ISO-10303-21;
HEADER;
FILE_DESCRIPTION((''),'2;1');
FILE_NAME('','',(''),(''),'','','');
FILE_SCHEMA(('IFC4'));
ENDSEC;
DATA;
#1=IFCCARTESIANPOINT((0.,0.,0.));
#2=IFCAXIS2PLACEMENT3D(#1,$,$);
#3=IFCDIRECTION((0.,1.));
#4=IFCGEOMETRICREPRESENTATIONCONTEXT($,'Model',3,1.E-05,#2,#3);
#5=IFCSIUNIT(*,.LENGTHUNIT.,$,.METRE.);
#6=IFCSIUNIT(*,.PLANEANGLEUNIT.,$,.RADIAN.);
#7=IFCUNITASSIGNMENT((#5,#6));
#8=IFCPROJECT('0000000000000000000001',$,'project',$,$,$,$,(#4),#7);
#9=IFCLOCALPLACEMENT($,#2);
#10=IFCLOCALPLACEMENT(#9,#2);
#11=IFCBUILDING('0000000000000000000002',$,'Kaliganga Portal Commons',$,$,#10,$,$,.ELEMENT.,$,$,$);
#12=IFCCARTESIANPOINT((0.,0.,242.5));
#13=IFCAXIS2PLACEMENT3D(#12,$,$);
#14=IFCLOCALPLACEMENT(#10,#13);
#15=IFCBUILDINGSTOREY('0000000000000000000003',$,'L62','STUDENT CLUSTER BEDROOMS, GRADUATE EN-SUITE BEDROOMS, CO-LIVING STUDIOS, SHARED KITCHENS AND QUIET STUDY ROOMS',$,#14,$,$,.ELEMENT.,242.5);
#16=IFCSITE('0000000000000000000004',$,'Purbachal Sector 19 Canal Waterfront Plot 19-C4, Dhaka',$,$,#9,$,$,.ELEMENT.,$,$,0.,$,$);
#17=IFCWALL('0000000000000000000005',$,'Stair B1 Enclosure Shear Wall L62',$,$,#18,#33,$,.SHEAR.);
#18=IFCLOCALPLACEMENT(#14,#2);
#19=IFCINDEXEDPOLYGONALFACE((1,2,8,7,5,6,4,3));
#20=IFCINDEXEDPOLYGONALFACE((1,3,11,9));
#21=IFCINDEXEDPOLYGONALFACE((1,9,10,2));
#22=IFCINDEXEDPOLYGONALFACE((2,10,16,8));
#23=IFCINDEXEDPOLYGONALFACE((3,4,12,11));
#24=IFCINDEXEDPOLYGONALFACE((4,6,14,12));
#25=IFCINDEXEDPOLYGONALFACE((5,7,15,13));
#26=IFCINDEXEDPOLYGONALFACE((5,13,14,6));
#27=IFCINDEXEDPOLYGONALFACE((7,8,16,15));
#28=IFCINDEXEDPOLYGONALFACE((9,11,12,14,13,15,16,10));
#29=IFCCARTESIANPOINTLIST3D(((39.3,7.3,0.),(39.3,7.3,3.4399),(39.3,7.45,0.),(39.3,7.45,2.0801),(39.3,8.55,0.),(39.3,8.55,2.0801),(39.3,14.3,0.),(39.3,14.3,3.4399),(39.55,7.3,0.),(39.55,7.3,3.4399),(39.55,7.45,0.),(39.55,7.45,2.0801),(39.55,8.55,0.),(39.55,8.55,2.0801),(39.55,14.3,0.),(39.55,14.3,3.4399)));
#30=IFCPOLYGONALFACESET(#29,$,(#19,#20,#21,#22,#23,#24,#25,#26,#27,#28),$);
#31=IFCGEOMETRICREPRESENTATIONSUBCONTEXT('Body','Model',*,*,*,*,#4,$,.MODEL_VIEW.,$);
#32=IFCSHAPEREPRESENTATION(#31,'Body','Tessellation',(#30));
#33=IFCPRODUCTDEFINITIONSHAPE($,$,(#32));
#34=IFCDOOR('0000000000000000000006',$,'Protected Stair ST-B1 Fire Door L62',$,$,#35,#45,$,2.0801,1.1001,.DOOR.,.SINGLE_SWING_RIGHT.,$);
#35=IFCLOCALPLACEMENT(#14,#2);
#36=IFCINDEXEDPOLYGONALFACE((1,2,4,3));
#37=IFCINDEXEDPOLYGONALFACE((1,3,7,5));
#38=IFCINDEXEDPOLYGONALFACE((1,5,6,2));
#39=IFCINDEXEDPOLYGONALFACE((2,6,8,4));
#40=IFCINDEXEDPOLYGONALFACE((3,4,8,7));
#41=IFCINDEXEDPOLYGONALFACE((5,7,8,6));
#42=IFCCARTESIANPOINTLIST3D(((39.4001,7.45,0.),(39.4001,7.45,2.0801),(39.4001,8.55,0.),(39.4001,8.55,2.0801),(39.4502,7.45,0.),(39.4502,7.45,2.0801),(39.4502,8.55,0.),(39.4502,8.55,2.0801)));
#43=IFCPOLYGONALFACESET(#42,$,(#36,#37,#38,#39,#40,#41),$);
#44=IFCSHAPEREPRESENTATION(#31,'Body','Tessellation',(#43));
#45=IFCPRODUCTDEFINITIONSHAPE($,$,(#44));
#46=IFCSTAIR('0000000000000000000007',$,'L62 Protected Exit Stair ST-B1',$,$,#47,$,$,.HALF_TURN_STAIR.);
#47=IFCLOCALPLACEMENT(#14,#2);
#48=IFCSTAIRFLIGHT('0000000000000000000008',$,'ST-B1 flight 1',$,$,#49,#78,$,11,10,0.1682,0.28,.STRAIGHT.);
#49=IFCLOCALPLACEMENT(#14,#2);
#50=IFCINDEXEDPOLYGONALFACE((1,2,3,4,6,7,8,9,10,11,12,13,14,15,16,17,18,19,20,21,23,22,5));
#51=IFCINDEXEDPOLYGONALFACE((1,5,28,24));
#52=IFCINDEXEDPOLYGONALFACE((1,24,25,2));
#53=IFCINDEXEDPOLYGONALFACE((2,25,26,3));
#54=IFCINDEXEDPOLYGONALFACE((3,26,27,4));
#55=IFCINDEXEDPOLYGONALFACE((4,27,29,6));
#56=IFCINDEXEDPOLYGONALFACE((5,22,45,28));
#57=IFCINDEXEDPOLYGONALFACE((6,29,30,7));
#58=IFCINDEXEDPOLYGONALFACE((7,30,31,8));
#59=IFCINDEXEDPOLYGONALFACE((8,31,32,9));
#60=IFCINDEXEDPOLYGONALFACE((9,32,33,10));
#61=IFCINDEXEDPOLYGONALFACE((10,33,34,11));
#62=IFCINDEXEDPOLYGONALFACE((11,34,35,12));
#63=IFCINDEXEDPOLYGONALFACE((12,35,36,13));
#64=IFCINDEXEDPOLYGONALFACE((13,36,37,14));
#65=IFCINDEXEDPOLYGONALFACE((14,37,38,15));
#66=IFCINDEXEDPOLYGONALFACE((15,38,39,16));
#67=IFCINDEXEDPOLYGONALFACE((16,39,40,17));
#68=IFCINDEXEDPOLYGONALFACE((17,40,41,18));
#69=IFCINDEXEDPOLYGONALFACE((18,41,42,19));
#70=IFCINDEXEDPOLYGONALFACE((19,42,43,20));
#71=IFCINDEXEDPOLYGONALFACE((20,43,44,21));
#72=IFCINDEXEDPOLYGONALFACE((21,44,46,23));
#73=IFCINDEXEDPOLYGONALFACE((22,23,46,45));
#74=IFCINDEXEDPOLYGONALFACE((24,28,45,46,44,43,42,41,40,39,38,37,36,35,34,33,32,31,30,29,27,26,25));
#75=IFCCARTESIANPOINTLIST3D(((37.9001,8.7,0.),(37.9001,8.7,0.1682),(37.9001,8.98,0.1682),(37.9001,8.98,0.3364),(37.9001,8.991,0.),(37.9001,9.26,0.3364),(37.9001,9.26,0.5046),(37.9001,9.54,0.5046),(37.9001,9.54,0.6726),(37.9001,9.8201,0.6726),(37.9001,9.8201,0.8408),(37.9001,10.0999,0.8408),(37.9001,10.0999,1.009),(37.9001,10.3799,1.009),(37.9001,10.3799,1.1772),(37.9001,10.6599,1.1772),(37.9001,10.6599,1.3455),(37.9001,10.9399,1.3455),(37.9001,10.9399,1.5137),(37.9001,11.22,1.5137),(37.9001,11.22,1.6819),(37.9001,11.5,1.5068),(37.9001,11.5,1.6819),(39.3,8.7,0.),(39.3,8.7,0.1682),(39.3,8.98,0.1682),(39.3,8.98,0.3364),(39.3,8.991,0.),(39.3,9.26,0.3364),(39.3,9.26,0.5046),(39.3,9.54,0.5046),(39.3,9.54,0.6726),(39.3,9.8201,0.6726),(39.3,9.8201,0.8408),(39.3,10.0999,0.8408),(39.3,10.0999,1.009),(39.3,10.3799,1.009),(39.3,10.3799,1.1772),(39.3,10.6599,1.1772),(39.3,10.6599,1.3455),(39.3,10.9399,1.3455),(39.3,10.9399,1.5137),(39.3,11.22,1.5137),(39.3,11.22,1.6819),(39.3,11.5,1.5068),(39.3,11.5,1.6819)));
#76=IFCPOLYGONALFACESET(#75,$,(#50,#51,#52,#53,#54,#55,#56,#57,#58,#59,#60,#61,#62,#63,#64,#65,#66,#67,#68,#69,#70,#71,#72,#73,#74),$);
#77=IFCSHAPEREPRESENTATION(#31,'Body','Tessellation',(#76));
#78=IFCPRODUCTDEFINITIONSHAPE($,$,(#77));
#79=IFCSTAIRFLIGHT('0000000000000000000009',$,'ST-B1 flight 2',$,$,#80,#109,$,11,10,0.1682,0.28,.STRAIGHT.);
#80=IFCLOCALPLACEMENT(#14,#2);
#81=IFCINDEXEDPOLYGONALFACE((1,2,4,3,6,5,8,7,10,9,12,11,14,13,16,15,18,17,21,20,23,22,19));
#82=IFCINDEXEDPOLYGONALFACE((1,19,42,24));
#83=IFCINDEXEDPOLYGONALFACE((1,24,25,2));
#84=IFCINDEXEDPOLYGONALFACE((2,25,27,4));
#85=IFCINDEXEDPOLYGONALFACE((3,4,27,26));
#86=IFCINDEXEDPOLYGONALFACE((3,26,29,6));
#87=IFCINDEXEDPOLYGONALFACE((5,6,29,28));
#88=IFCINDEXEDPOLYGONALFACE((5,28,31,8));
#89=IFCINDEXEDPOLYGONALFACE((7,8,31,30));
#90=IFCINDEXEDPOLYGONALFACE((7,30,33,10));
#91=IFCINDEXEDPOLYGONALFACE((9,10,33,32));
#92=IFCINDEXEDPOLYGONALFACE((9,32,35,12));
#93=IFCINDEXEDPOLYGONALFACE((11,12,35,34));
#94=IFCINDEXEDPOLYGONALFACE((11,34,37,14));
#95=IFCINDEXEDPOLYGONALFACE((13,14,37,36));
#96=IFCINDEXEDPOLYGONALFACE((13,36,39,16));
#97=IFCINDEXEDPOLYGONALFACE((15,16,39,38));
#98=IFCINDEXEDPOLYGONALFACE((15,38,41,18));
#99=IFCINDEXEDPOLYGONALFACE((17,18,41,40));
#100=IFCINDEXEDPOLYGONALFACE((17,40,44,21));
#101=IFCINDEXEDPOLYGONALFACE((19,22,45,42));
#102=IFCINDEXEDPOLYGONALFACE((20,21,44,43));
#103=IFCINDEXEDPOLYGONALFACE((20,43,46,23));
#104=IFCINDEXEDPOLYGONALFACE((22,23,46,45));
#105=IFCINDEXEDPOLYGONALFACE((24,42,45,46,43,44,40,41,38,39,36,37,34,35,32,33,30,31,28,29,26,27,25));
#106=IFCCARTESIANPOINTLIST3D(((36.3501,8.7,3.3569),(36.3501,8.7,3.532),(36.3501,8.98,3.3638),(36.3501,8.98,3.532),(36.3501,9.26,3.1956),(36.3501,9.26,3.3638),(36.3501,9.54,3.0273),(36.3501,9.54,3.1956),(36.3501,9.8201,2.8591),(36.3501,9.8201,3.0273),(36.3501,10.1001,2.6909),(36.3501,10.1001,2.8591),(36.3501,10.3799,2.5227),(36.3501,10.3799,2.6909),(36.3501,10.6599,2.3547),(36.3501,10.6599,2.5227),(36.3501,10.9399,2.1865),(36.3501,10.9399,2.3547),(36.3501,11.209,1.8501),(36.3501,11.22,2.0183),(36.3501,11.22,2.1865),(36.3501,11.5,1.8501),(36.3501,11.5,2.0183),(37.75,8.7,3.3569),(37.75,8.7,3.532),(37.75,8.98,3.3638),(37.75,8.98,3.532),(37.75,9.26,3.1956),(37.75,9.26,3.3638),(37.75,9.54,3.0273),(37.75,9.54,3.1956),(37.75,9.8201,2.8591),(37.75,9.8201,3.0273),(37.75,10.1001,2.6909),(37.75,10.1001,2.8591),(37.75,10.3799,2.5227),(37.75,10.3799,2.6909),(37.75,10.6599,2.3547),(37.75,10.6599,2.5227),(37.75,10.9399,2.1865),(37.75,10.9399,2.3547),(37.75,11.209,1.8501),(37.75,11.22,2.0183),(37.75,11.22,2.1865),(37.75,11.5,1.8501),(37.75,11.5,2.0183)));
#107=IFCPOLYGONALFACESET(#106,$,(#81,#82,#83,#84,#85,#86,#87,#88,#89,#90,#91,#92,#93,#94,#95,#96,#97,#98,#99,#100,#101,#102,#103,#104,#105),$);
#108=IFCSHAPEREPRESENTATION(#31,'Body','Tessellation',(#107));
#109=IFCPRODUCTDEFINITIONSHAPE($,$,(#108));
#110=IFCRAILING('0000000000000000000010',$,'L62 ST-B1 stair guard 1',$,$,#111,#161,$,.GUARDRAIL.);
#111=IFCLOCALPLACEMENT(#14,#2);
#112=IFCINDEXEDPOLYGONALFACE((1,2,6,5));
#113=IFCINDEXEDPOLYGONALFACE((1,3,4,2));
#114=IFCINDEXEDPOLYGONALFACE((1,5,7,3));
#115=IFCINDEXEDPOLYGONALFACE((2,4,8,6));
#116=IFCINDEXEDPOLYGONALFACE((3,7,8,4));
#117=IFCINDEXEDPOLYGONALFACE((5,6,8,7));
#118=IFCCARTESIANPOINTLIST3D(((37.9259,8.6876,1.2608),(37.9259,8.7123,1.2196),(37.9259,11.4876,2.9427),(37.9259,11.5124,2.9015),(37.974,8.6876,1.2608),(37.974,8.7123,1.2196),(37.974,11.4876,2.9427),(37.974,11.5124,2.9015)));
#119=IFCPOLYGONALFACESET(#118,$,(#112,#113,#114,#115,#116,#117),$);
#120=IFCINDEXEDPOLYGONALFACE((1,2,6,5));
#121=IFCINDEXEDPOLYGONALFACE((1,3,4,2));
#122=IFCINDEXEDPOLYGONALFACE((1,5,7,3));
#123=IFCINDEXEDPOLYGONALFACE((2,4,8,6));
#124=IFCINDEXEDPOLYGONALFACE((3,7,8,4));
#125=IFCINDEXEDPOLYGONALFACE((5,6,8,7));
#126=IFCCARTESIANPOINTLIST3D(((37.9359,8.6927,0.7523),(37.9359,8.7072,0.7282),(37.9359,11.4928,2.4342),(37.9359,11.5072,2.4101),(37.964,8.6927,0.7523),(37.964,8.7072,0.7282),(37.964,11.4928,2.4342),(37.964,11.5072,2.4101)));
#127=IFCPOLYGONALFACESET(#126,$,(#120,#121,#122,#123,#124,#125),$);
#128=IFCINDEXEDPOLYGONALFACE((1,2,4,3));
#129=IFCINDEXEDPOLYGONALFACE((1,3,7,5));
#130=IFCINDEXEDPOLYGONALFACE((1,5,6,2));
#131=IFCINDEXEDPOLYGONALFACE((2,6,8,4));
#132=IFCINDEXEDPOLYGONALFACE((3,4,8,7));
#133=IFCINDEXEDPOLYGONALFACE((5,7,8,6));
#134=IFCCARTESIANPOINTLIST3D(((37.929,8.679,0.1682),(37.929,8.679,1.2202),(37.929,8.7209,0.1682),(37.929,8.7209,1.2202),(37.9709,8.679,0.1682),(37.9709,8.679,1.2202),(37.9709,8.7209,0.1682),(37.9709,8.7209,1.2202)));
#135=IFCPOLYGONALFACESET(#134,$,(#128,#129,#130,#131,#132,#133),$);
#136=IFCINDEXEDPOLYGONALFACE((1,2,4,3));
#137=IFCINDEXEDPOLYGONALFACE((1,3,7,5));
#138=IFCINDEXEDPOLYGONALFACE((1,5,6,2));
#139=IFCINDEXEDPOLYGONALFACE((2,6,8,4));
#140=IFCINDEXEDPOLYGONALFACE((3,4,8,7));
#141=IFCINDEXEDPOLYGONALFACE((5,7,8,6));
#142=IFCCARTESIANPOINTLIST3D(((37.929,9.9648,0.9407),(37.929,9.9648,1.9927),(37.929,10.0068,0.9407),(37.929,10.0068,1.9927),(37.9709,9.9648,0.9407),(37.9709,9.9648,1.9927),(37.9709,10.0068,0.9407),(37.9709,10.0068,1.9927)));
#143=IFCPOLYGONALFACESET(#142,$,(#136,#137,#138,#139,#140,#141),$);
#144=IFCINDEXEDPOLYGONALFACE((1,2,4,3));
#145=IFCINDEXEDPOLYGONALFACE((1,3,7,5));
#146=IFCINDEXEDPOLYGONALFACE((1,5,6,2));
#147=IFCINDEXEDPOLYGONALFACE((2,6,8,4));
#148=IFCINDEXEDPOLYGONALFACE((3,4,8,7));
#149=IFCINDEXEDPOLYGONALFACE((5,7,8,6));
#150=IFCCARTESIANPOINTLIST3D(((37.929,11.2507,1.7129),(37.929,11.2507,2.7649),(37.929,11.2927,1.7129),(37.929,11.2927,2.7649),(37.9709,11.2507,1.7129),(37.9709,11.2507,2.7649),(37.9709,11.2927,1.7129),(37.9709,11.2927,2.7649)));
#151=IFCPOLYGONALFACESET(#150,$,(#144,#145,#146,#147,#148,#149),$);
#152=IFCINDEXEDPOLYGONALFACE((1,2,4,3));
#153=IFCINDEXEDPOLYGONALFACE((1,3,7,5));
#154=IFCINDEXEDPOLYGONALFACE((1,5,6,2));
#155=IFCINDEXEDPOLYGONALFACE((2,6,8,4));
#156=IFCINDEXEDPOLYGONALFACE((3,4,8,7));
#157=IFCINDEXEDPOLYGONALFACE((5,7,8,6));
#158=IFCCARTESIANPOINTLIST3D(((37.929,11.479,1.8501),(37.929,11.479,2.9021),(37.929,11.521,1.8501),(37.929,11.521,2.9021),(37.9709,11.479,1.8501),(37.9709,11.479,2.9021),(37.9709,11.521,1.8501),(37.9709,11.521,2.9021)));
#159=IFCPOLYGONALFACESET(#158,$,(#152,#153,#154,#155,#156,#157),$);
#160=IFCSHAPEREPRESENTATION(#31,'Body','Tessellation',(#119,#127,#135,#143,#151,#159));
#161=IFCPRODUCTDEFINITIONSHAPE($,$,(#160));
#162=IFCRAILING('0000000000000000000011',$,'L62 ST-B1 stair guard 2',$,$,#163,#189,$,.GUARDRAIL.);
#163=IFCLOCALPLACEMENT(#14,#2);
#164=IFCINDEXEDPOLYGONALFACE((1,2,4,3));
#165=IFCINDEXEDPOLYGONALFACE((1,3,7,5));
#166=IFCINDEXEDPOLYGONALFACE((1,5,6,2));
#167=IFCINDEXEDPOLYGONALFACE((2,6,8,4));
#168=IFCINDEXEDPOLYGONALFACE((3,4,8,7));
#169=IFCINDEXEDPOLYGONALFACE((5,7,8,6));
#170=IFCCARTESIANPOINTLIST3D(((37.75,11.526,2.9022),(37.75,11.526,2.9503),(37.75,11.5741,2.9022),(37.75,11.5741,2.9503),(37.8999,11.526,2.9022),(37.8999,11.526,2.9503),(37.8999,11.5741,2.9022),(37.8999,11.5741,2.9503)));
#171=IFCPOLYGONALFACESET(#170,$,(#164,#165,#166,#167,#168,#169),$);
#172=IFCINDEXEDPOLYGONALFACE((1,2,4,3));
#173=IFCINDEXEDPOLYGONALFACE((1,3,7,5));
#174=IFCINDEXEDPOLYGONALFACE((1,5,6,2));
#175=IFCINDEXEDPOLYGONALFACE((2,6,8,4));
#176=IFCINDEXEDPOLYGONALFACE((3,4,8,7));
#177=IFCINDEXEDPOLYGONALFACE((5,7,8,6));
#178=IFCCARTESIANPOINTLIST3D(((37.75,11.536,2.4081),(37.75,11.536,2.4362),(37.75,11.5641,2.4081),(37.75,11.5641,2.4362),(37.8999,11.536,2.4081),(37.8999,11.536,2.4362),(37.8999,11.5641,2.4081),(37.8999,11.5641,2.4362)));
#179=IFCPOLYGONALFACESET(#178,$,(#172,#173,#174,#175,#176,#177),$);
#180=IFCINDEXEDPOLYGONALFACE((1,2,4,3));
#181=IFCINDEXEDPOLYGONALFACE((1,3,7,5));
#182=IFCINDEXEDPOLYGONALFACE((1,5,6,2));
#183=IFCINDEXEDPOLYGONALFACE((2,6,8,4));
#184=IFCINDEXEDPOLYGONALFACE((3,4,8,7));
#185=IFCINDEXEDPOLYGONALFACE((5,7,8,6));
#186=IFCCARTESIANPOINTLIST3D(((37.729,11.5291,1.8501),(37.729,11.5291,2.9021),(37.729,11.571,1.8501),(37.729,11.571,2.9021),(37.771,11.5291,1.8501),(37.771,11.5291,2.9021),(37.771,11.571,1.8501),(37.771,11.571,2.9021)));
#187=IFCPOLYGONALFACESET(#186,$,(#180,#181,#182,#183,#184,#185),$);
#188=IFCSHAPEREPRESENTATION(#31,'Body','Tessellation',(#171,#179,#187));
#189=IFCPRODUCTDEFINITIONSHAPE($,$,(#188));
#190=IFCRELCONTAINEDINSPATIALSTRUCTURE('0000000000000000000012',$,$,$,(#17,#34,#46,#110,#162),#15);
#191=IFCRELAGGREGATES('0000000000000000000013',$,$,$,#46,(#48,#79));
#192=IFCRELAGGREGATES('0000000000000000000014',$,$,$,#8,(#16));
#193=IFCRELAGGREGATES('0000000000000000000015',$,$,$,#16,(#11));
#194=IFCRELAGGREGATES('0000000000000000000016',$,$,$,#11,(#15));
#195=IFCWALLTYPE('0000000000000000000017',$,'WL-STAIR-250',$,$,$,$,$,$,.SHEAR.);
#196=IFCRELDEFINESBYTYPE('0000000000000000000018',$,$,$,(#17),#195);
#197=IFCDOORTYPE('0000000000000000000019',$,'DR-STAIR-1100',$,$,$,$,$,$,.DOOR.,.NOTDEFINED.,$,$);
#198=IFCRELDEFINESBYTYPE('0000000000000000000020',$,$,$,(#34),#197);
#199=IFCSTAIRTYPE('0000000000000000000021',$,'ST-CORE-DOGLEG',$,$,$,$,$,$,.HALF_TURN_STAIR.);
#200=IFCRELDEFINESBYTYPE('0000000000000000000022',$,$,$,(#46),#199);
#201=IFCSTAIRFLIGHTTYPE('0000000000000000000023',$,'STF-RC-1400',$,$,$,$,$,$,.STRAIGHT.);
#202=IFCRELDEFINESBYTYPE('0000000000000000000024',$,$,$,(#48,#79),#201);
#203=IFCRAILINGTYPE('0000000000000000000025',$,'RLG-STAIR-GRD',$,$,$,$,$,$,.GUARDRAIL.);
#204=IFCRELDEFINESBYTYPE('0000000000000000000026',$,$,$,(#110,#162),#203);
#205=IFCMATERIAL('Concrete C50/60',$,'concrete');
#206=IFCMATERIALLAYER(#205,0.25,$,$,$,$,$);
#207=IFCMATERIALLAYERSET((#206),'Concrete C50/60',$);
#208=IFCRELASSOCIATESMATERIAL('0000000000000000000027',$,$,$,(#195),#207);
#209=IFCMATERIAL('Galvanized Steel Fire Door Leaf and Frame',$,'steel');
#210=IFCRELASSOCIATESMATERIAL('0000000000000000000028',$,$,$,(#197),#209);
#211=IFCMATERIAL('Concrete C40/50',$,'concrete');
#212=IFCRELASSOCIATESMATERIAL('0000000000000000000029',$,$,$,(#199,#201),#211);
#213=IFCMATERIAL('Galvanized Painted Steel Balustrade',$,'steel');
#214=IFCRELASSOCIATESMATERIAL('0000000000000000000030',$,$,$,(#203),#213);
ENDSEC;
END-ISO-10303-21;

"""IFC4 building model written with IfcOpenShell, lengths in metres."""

from ifc_helpers import new_model, si_unit, direction, frame, frame_2d, origin, origin_2d, place, context, subcontext, project, spatial, polyline, rectangle, outline, extrude, material, layer, layer_set, type_object, element, fill, aggregate, save


model = new_model("IFC4")

# Units and contexts
model_context = context("Model", 3, precision=1e-05, world=origin(), true_north=direction((0.0, 1.0)))
body_context = subcontext(model_context, "Body", "Model", "MODEL_VIEW")
ifc_project = project(units=[si_unit("LENGTHUNIT", "METRE"), si_unit("PLANEANGLEUNIT", "RADIAN")], contexts=[model_context])

# Site, building, storey
site_placement = place(None, origin())
site = spatial("IfcSite", under=ifc_project, at=site_placement, Name="Purbachal Sector 19 Canal Waterfront Plot 19-C4, Dhaka", CompositionType="ELEMENT", RefElevation=0.0)
building_placement = place(site_placement, origin())
building = spatial("IfcBuilding", under=site, at=building_placement, Name="Kaliganga Portal Commons", CompositionType="ELEMENT")
storey_placement = place(building_placement, frame((0.0, 0.0, 242.5)))
storey = spatial("IfcBuildingStorey", under=building, at=storey_placement, Name="L62", Description="STUDENT CLUSTER BEDROOMS, GRADUATE EN-SUITE BEDROOMS, CO-LIVING STUDIOS, SHARED KITCHENS AND QUIET STUDY ROOMS", CompositionType="ELEMENT", Elevation=242.5)

# Shared definitions
ifc_material_1 = material(Name="Concrete C50/60", Category="concrete")

# Wall, opening, door
ifc_layer_1 = layer(ifc_material_1, 0.25)
ifc_layer_set_1 = layer_set([ifc_layer_1], Name="Concrete C50/60")
wall_type_1 = type_object("IfcWallType", Name="WL-STAIR-250", PredefinedType="SHEAR", material=ifc_layer_set_1)
wall_1_placement = place(storey_placement, frame((39.425, 7.3, 0.0), z_axis=(0.0, 0.0, 1.0), x_axis=(0.0, 1.0, 0.0)))
wall_1 = element("IfcWall", 1, at=wall_1_placement, inside=storey, type_object=wall_type_1, Name="Stair B1 Enclosure Shear Wall L62", PredefinedType="SHEAR", context=body_context, shape_type="SweptSolid", body=[
    extrude(rectangle(XDim=7.0, YDim=0.25, at=frame_2d((3.5, 0.0))), origin(), (0.0, 0.0, 1.0), 3.4399),
])
opening_1_placement = place(wall_1_placement, frame((0.1499, 0.0, 0.0)))
opening_1 = element("IfcOpeningElement", 2, at=opening_1_placement, cuts=wall_1, PredefinedType="OPENING", context=body_context, shape_type="SweptSolid", body=[
    extrude(rectangle(XDim=1.1001, YDim=2.0801, at=frame_2d((0.55, 1.04))), frame((0.0, 0.135, 0.0), z_axis=(0.0, -1.0, 0.0), x_axis=(1.0, 0.0, 0.0)), (0.0, 0.0, 1.0), 0.27),
])
ifc_material_2 = material(Name="Galvanized Steel Fire Door Leaf and Frame", Category="steel")
door_type_1 = type_object("IfcDoorType", Name="DR-STAIR-1100", OperationType="NOTDEFINED", PredefinedType="DOOR", material=ifc_material_2)
door_1_placement = place(opening_1_placement, origin())
door_1 = element("IfcDoor", 3, at=door_1_placement, inside=storey, type_object=door_type_1, Name="Protected Stair ST-B1 Fire Door L62", OperationType="SINGLE_SWING_RIGHT", OverallHeight=2.0801, OverallWidth=1.1001, PredefinedType="DOOR", context=body_context, shape_type="SweptSolid", body=[
    extrude(rectangle(XDim=1.1001, YDim=2.0801, at=frame_2d((0.55, 1.04))), frame((0.0, 0.0249, 0.0), z_axis=(0.0, -1.0, 0.0), x_axis=(1.0, 0.0, 0.0)), (0.0, 0.0, 1.0), 0.05),
])
fill(opening_1, door_1)

# Stair, stair flights
ifc_material_3 = material(Name="Concrete C40/50", Category="concrete")
stair_type = type_object("IfcStairType", Name="ST-CORE-DOGLEG", PredefinedType="HALF_TURN_STAIR", material=ifc_material_3)
stair_placement = place(storey_placement, origin())
stair = element("IfcStair", 4, at=stair_placement, inside=storey, type_object=stair_type, Name="L62 Protected Exit Stair ST-B1", PredefinedType="HALF_TURN_STAIR")
stair_flight_type = type_object("IfcStairFlightType", Name="STF-RC-1400", PredefinedType="STRAIGHT", material=ifc_material_3)
stair_flight_1_placement = place(storey_placement, frame((38.6001, 8.7, 0.0), z_axis=(0.0, 0.0, 1.0), x_axis=(0.0, 1.0, 0.0)))
stair_flight_1 = element("IfcStairFlight", 5, at=stair_flight_1_placement, type_object=stair_flight_type, Name="ST-B1 flight 1", NumberOfRisers=11, NumberOfTreads=10, PredefinedType="STRAIGHT", RiserHeight=0.1682, TreadLength=0.28, context=body_context, shape_type="SweptSolid", body=[
    extrude(outline(polyline([(0.0, 0.0), (0.0, 0.1682), (0.28, 0.1682), (0.28, 0.3364), (0.5601, 0.3364), (0.5601, 0.5046), (0.8401, 0.5046), (0.8401, 0.6726), (1.1201, 0.6726), (1.1201, 0.8408), (1.3999, 0.8408), (1.3999, 1.009), (1.6799, 1.009), (1.6799, 1.1772), (1.96, 1.1772), (1.96, 1.3455), (2.24, 1.3455), (2.24, 1.5137), (2.52, 1.5137), (2.52, 1.6819), (2.8, 1.6819), (2.8, 1.8501), (2.8, 1.5068), (0.291, 0.0), (0.0, 0.0)])), frame((0.0, 0.7, 0.0), z_axis=(0.0, -1.0, 0.0), x_axis=(1.0, 0.0, 0.0)), (0.0, 0.0, 1.0), 1.3999),
])
stair_flight_2_placement = place(storey_placement, frame((37.05, 11.5, 1.8501), z_axis=(0.0, 0.0, 1.0), x_axis=(0.0, -1.0, 0.0)))
stair_flight_2 = element("IfcStairFlight", 6, at=stair_flight_2_placement, type_object=stair_flight_type, Name="ST-B1 flight 2", NumberOfRisers=11, NumberOfTreads=10, PredefinedType="STRAIGHT", RiserHeight=0.1682, TreadLength=0.28, context=body_context, shape_type="SweptSolid", body=[
    extrude(outline(polyline([(0.0, 0.0), (0.0, 0.1682), (0.28, 0.1682), (0.28, 0.3364), (0.5601, 0.3364), (0.5601, 0.5046), (0.8401, 0.5046), (0.8401, 0.6726), (1.1201, 0.6726), (1.1201, 0.8408), (1.3999, 0.8408), (1.3999, 1.009), (1.6799, 1.009), (1.6799, 1.1772), (1.96, 1.1772), (1.96, 1.3455), (2.24, 1.3455), (2.24, 1.5137), (2.52, 1.5137), (2.52, 1.6819), (2.8, 1.6819), (2.8, 1.8501), (2.8, 1.5068), (0.291, 0.0), (0.0, 0.0)])), frame((0.0, 0.7, 0.0), z_axis=(0.0, -1.0, 0.0), x_axis=(1.0, 0.0, 0.0)), (0.0, 0.0, 1.0), 1.3999),
])
aggregate(stair, [stair_flight_1, stair_flight_2])

# Railings
ifc_material_4 = material(Name="Galvanized Painted Steel Balustrade", Category="steel")
railing_type_1 = type_object("IfcRailingType", Name="RLG-STAIR-GRD", PredefinedType="GUARDRAIL", material=ifc_material_4)
railing_1_placement = place(storey_placement, frame((37.95, 8.7, 0.1682)))
element("IfcRailing", 7, at=railing_1_placement, inside=storey, type_object=railing_type_1, Name="L62 ST-B1 stair guard 1", PredefinedType="GUARDRAIL", context=body_context, shape_type="SweptSolid", body=[
    extrude(rectangle(XDim=0.0481, YDim=0.0481, at=origin_2d()), frame((0.0, 0.0, 1.072), z_axis=(0.0, 0.857242, 0.514913), x_axis=(-1.0, 0.0, 0.0)), (0.0, 0.0, 1.0), 3.2664),
    extrude(rectangle(XDim=0.0281, YDim=0.0281, at=origin_2d()), frame((0.0, 0.0, 0.572), z_axis=(0.0, 0.857242, 0.514913), x_axis=(-1.0, 0.0, 0.0)), (0.0, 0.0, 1.0), 3.2664),
    extrude(rectangle(XDim=0.042, YDim=0.042, at=origin_2d()), origin(), (0.0, 0.0, 1.0), 1.052),
    extrude(rectangle(XDim=0.042, YDim=0.042, at=origin_2d()), frame((0.0, 1.2859, 0.7725)), (0.0, 0.0, 1.0), 1.052),
    extrude(rectangle(XDim=0.042, YDim=0.042, at=origin_2d()), frame((0.0, 2.5718, 1.5447)), (0.0, 0.0, 1.0), 1.052),
    extrude(rectangle(XDim=0.042, YDim=0.042, at=origin_2d()), frame((0.0, 2.8, 1.6819)), (0.0, 0.0, 1.0), 1.052),
])
railing_2_placement = place(storey_placement, frame((37.8999, 11.55, 1.8501)))
element("IfcRailing", 8, at=railing_2_placement, inside=storey, type_object=railing_type_1, Name="L62 ST-B1 stair guard 2", PredefinedType="GUARDRAIL", context=body_context, shape_type="SweptSolid", body=[
    extrude(rectangle(XDim=0.0481, YDim=0.0481, at=origin_2d()), frame((0.0, 0.0, 1.0762), z_axis=(-1.0, 0.0, 0.0), x_axis=(0.0, -1.0, 0.0)), (0.0, 0.0, 1.0), 0.1499),
    extrude(rectangle(XDim=0.0281, YDim=0.0281, at=origin_2d()), frame((0.0, 0.0, 0.572), z_axis=(-1.0, 0.0, 0.0), x_axis=(0.0, -1.0, 0.0)), (0.0, 0.0, 1.0), 0.1499),
    extrude(rectangle(XDim=0.042, YDim=0.042, at=origin_2d()), frame((-0.1499, 0.0, 0.0)), (0.0, 0.0, 1.0), 1.052),
])

save(model, "model.ifc")
